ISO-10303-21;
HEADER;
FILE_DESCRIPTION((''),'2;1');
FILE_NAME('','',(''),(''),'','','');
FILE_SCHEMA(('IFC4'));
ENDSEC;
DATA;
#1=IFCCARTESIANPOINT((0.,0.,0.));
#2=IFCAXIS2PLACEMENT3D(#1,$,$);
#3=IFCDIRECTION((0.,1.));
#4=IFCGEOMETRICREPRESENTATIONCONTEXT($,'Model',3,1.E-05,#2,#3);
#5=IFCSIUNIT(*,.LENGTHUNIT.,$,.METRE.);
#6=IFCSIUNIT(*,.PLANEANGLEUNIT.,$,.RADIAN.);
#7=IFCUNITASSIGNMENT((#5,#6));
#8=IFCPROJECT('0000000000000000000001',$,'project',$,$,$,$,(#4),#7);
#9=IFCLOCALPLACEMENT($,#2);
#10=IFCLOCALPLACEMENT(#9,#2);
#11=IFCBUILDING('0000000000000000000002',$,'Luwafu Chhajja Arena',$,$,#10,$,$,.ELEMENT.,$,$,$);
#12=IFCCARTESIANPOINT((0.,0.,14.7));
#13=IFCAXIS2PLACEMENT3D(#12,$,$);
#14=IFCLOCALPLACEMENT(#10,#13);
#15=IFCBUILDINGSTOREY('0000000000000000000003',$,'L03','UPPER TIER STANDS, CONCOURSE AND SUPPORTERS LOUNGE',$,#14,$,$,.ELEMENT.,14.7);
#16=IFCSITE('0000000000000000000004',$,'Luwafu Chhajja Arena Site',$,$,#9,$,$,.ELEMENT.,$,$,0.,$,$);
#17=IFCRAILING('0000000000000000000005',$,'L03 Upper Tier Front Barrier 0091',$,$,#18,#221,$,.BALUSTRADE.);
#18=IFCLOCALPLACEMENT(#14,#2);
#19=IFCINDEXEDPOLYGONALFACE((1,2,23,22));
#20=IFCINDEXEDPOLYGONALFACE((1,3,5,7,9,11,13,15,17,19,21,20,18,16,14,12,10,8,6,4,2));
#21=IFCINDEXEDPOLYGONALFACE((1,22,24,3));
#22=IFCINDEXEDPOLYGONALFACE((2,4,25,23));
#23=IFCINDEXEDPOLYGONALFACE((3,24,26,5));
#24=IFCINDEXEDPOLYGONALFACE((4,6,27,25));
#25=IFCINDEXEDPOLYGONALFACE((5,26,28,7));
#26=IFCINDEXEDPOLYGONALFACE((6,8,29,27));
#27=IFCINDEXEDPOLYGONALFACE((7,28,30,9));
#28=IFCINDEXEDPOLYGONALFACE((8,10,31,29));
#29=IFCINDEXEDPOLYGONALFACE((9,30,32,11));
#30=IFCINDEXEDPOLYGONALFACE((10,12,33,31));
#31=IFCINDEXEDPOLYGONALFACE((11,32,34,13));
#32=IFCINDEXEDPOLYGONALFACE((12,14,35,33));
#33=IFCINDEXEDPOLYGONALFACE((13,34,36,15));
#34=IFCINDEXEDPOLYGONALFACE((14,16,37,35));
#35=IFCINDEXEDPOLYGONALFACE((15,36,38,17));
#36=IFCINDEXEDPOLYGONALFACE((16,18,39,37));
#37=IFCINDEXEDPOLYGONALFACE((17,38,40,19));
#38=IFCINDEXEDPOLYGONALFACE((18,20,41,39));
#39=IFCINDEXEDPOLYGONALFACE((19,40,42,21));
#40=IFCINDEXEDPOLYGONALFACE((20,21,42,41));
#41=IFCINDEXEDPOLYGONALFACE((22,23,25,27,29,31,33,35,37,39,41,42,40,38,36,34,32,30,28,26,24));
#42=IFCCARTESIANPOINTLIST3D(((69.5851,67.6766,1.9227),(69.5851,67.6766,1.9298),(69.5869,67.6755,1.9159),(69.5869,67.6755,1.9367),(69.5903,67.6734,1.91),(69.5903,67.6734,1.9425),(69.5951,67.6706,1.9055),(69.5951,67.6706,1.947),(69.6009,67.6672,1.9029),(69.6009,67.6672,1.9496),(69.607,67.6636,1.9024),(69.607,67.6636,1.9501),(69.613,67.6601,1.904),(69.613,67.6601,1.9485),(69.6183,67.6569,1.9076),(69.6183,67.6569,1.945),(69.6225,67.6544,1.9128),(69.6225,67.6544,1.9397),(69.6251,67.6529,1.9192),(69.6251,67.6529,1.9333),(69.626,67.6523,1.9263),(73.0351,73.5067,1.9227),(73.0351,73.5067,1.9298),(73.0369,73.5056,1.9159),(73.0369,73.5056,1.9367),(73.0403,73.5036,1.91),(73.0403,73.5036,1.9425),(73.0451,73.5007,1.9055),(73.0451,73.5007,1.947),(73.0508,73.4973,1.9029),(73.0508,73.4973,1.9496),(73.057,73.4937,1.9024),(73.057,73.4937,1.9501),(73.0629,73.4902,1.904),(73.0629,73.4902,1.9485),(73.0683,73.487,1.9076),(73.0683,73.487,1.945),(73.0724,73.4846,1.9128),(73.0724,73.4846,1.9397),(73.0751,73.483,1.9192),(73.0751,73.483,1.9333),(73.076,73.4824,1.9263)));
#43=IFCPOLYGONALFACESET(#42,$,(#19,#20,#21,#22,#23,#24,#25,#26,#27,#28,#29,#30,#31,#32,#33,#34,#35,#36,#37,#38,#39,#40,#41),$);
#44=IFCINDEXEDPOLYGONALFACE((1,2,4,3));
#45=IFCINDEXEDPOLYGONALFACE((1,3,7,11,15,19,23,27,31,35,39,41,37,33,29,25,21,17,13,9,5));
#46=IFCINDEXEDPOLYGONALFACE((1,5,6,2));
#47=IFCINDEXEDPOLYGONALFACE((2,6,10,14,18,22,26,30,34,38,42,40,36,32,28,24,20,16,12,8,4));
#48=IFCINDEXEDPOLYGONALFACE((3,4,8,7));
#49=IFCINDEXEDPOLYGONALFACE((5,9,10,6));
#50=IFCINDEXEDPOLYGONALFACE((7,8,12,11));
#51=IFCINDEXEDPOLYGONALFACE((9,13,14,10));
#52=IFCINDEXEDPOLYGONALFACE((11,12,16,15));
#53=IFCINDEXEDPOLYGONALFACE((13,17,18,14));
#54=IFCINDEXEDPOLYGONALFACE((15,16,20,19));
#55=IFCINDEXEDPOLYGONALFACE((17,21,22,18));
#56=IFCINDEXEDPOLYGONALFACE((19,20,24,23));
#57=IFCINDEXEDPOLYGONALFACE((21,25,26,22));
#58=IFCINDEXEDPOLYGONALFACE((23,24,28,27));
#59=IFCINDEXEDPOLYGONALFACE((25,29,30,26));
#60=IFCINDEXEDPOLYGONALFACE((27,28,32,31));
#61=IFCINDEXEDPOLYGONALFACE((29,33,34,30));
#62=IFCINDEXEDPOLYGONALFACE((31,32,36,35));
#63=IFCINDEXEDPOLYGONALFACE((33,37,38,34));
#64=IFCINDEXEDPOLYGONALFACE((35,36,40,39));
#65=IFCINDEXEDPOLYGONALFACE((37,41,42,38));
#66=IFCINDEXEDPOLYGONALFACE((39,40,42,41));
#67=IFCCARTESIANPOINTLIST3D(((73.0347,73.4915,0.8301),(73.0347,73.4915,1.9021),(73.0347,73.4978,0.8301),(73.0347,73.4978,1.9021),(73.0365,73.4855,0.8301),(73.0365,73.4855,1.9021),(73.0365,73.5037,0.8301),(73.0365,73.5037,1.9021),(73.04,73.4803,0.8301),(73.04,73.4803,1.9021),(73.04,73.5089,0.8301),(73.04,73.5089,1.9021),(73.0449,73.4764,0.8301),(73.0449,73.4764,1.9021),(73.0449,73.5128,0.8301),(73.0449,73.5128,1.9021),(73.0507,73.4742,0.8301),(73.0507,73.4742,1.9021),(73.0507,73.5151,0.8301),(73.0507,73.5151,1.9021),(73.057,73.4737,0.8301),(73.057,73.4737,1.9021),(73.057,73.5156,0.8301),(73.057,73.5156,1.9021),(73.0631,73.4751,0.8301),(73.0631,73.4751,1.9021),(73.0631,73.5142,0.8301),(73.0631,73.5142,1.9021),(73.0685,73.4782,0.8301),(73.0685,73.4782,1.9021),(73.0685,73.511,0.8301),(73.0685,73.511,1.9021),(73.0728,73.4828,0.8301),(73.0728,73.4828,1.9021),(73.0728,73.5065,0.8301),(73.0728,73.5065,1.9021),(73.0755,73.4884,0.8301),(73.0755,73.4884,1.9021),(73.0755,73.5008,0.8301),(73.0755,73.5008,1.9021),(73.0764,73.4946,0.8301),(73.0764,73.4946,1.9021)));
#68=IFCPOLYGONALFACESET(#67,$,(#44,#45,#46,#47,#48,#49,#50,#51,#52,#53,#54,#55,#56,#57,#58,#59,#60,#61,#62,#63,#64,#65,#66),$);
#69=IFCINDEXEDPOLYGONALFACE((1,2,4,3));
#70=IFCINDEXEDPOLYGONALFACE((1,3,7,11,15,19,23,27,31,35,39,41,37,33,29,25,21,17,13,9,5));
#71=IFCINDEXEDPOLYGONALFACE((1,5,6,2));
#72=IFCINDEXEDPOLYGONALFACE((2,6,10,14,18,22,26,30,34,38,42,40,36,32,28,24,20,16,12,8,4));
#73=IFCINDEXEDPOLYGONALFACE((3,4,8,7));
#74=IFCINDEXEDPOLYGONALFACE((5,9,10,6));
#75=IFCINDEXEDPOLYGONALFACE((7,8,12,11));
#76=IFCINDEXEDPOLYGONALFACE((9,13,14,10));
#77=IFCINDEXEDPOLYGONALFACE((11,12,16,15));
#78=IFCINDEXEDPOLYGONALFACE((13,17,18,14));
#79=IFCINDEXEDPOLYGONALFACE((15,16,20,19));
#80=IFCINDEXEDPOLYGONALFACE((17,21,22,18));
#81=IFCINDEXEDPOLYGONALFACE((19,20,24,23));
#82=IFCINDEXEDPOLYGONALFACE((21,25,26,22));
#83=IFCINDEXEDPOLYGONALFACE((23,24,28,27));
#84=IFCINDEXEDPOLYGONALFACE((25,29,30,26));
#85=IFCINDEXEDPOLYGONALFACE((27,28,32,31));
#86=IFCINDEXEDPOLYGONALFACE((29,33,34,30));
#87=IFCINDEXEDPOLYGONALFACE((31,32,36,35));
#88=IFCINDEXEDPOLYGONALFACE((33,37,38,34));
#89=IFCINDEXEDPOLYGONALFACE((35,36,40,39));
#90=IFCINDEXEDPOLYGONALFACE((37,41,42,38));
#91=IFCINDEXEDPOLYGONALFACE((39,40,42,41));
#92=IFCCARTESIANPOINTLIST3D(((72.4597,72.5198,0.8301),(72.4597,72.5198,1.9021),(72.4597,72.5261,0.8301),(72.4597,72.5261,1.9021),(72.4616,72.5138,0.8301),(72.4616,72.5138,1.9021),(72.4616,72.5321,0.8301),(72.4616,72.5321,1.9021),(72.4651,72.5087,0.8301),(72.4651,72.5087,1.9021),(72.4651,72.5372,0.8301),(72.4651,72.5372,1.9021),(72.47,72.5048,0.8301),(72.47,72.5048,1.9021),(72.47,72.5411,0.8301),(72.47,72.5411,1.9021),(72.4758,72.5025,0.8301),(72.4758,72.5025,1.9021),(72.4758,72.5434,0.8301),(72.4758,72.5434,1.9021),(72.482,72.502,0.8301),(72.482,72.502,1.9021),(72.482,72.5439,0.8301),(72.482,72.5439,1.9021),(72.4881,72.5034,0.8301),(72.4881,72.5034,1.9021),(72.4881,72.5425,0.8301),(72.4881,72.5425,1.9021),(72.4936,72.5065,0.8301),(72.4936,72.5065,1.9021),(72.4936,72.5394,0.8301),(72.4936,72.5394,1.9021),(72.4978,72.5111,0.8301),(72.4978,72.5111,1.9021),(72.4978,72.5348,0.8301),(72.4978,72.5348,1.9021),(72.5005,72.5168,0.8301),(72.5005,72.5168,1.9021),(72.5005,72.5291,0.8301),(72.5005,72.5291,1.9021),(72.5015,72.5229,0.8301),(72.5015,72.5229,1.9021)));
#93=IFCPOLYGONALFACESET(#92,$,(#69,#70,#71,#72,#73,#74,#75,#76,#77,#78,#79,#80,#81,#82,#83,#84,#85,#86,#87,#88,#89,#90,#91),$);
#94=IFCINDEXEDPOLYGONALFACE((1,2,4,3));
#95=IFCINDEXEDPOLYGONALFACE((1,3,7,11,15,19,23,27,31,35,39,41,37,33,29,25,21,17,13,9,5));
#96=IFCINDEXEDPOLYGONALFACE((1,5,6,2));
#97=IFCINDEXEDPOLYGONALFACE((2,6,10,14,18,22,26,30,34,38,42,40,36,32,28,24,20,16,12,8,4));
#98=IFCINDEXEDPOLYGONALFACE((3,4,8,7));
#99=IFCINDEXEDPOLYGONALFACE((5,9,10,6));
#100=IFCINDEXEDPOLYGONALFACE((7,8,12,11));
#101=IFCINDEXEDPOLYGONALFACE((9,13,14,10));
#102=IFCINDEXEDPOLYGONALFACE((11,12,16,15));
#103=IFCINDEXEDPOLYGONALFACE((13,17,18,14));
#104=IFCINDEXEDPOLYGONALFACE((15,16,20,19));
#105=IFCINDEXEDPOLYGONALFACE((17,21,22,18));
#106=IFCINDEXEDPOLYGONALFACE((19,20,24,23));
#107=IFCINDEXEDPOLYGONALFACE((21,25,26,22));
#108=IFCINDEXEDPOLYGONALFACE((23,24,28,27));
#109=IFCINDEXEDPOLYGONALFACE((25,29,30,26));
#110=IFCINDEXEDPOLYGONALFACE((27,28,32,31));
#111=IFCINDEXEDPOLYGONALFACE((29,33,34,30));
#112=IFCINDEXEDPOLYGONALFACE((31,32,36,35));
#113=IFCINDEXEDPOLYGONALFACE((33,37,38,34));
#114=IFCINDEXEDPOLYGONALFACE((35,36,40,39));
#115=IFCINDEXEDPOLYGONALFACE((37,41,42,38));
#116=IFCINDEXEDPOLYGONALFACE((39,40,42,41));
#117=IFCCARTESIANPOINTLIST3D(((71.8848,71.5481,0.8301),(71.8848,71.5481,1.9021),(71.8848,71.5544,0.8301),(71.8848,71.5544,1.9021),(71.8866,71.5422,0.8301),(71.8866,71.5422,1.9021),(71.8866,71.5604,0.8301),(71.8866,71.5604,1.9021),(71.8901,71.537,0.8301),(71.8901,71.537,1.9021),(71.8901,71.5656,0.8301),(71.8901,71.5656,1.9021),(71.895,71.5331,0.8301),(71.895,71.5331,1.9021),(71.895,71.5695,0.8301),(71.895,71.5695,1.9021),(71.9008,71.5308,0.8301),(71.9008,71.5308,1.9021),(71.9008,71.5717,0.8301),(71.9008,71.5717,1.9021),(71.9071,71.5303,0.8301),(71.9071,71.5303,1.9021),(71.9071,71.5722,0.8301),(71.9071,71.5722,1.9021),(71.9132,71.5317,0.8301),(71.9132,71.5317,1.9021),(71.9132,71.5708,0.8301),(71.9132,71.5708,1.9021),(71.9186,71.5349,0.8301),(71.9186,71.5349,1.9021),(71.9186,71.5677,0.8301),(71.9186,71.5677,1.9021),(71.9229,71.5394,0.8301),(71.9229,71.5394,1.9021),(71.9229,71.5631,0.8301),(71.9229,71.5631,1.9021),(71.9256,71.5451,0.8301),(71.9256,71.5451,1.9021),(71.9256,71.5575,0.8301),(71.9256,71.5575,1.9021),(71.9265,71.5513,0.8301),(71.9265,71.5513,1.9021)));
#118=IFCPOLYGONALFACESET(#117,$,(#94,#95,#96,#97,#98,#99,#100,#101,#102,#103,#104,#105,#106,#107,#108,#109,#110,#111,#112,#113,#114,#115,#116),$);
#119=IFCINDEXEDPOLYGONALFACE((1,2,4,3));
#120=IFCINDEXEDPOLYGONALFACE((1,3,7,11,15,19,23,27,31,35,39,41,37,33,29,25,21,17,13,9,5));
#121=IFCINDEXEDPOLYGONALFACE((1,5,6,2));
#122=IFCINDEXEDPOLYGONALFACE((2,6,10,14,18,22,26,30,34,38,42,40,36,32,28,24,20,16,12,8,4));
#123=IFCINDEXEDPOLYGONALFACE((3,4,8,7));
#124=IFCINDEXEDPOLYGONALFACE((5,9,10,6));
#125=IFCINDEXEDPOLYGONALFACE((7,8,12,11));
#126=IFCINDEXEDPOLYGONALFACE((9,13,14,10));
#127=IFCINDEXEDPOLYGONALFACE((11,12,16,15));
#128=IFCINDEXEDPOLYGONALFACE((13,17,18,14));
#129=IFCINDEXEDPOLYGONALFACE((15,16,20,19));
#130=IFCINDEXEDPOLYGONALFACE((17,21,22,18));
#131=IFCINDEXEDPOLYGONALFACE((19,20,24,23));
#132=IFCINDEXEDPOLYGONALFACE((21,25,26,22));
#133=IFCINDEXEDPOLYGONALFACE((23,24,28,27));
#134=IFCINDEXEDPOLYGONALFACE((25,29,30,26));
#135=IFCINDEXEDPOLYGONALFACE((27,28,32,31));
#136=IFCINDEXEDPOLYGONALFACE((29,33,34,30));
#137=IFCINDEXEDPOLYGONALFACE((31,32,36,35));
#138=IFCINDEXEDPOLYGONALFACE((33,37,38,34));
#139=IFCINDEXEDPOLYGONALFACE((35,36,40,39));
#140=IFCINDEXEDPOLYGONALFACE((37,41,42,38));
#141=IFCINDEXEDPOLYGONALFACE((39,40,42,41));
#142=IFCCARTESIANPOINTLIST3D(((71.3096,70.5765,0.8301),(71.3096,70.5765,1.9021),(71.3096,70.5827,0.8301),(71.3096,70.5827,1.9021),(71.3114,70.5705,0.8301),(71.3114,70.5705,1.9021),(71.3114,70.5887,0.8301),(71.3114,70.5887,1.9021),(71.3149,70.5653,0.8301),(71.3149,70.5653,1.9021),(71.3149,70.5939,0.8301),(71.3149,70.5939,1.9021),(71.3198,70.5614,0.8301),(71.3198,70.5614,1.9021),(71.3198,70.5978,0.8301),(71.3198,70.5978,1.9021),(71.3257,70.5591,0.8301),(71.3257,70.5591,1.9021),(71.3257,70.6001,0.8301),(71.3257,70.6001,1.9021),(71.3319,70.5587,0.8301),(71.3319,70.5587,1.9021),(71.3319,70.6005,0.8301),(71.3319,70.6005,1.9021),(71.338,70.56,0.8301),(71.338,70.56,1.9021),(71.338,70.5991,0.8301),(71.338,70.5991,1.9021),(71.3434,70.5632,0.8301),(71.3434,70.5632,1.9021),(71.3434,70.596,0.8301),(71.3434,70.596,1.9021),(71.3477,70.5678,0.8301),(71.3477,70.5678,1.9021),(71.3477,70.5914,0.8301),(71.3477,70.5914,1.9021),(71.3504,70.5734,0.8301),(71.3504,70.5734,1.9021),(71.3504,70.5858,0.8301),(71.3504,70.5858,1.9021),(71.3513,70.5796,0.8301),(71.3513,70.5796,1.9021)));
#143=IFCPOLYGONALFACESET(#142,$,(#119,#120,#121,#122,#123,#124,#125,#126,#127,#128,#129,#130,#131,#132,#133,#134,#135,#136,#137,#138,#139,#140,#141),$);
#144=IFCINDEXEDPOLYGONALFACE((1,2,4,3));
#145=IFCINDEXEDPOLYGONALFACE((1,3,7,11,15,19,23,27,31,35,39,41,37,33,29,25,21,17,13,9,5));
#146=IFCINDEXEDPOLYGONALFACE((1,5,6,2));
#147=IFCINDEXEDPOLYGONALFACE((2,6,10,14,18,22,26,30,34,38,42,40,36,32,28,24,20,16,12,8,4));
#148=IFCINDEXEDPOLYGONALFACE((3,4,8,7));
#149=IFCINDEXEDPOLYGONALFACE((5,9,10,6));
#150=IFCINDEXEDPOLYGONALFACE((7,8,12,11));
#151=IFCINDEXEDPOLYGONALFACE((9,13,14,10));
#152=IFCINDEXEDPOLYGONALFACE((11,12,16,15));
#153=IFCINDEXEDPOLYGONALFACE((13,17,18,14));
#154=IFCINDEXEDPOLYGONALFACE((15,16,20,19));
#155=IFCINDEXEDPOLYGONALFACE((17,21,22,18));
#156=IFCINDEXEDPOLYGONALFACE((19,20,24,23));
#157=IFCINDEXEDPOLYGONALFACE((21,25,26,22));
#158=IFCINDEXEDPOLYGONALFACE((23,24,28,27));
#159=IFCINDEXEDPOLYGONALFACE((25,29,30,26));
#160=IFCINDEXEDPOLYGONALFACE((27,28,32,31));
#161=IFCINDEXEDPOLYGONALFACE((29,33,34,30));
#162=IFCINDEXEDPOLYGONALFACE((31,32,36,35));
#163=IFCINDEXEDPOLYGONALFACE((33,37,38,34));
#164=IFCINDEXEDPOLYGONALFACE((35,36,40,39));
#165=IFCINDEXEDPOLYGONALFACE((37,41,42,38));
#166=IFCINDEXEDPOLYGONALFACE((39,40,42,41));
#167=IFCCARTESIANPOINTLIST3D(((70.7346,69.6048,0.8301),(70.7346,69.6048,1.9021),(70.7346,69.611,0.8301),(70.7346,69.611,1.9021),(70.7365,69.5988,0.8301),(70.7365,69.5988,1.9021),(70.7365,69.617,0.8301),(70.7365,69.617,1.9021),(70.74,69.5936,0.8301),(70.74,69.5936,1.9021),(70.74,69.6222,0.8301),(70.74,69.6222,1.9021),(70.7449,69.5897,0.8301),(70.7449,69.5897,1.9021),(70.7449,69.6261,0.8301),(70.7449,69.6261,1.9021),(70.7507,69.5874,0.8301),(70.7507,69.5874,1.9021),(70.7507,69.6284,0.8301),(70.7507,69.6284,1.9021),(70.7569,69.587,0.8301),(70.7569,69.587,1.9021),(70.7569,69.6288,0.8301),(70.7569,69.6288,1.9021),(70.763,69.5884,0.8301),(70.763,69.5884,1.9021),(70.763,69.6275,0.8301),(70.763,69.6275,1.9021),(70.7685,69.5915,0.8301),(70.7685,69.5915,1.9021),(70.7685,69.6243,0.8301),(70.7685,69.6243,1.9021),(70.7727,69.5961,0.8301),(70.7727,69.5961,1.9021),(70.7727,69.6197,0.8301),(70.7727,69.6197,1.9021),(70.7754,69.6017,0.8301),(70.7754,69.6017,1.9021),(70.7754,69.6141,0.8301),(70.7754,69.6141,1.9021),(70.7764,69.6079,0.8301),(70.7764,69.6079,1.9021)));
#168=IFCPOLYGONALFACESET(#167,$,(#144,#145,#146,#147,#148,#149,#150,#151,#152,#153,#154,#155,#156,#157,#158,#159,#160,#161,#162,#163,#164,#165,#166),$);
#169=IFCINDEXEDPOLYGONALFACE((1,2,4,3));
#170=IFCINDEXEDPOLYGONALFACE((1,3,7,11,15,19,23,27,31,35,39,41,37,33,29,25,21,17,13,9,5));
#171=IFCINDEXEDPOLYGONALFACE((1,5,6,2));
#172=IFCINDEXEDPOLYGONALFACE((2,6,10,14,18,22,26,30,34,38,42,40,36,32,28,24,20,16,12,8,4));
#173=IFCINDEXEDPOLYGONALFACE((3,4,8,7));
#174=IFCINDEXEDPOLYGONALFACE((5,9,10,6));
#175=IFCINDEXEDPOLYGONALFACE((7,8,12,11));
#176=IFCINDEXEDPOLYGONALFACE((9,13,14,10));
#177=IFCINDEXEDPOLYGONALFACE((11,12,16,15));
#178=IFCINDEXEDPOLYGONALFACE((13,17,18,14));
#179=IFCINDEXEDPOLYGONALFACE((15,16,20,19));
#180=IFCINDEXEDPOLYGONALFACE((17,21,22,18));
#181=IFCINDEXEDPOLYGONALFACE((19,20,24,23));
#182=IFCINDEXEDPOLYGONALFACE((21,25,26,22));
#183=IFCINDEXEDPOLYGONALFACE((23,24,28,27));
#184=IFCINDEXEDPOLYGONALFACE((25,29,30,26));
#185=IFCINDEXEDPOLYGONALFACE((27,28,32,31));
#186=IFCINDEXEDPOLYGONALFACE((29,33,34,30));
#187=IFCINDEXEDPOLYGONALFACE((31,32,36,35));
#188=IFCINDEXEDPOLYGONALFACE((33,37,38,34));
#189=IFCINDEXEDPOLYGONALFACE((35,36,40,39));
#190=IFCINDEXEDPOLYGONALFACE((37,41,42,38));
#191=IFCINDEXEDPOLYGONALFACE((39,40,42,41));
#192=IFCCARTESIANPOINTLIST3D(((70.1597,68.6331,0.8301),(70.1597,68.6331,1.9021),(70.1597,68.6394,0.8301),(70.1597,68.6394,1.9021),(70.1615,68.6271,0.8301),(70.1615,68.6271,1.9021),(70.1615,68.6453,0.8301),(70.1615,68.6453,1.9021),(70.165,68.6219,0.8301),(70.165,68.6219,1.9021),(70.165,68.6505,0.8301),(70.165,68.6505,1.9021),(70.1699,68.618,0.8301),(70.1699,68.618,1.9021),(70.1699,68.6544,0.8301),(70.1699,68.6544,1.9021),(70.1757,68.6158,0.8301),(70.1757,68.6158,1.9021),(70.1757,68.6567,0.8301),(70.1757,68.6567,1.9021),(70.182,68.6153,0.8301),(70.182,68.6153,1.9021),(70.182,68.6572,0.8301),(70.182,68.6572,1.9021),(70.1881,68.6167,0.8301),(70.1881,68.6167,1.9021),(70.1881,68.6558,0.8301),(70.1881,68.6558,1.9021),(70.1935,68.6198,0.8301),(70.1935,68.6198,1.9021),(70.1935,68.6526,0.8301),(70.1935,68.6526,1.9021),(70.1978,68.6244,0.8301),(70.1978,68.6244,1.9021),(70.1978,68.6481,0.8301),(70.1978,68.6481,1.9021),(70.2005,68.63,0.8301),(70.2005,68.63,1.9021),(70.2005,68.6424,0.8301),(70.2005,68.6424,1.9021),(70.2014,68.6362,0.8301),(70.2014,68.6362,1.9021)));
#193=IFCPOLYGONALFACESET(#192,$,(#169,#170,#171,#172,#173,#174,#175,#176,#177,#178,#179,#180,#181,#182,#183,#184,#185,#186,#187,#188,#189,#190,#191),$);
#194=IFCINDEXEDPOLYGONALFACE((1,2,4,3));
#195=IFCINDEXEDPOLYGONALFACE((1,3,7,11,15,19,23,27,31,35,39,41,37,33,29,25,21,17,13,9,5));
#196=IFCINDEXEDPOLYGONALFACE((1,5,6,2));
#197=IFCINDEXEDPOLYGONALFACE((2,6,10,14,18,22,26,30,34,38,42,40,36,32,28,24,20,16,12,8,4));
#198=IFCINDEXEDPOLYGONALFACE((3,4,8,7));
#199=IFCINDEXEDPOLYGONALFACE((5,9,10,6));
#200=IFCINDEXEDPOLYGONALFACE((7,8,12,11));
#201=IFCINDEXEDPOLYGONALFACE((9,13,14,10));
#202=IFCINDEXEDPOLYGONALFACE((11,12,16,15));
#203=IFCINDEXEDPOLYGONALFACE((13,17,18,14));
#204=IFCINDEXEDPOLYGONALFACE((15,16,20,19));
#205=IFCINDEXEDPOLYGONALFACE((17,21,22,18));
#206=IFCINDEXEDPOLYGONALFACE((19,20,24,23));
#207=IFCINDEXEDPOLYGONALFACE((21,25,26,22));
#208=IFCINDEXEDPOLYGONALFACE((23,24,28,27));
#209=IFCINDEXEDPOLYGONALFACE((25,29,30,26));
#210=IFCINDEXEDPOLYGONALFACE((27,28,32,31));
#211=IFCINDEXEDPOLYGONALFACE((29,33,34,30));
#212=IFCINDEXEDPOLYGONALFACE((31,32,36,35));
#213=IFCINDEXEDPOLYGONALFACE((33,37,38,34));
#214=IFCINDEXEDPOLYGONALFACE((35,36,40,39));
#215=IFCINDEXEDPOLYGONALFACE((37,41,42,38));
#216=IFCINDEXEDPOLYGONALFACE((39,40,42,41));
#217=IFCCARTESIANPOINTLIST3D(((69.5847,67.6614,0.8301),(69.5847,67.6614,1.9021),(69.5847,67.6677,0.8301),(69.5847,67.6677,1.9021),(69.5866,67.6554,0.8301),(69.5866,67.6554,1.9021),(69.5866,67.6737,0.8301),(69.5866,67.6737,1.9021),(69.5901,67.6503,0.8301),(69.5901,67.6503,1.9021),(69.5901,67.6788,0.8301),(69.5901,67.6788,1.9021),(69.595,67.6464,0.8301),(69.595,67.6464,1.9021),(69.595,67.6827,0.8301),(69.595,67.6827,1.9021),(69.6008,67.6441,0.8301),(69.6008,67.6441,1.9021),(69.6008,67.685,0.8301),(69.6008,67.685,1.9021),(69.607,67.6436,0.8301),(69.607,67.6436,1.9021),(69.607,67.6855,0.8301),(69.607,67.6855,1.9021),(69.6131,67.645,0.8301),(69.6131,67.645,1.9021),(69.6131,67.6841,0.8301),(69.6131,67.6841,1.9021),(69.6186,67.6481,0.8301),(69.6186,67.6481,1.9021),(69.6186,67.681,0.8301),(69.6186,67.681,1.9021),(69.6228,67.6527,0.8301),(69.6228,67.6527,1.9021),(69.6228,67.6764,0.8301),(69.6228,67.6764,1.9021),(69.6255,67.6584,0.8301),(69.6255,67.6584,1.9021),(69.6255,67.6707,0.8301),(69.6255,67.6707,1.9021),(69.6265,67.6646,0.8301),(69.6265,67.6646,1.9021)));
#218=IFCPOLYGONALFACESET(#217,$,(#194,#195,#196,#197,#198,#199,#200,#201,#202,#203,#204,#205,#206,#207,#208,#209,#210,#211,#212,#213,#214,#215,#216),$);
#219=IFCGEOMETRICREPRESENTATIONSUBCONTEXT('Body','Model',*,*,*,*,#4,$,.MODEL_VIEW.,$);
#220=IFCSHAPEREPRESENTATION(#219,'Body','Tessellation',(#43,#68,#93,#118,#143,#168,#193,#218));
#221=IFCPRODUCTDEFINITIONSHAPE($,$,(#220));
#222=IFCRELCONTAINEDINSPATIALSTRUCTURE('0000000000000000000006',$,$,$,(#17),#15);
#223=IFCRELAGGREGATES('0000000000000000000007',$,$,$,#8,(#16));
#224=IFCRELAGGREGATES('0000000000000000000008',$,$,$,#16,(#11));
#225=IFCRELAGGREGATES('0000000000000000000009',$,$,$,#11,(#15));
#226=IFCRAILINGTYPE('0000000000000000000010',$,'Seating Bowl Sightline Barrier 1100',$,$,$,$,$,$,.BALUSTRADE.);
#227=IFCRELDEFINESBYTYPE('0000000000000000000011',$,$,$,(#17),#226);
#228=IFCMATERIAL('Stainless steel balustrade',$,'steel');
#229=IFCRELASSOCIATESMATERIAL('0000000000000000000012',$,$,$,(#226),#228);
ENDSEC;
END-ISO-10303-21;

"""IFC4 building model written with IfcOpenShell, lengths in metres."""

from ifc_helpers import new_model, si_unit, direction, frame, origin, origin_2d, place, context, subcontext, project, spatial, circle, extrude, material, type_object, element, save


model = new_model("IFC4")

# Units and contexts
model_context = context("Model", 3, precision=1e-05, world=origin(), true_north=direction((0.0, 1.0)))
body_context = subcontext(model_context, "Body", "Model", "MODEL_VIEW")
ifc_project = project(units=[si_unit("LENGTHUNIT", "METRE"), si_unit("PLANEANGLEUNIT", "RADIAN")], contexts=[model_context])

# Site, building, storey
site_placement = place(None, origin())
site = spatial("IfcSite", under=ifc_project, at=site_placement, Name="Luwafu Chhajja Arena Site", CompositionType="ELEMENT", RefElevation=0.0)
building_placement = place(site_placement, origin())
building = spatial("IfcBuilding", under=site, at=building_placement, Name="Luwafu Chhajja Arena", CompositionType="ELEMENT")
storey_placement = place(building_placement, frame((0.0, 0.0, 14.7)))
storey = spatial("IfcBuildingStorey", under=building, at=storey_placement, Name="L03", Description="UPPER TIER STANDS, CONCOURSE AND SUPPORTERS LOUNGE", CompositionType="ELEMENT", Elevation=14.7)

# Railing
ifc_material_1 = material(Name="Stainless steel balustrade", Category="steel")
railing_type = type_object("IfcRailingType", Name="Seating Bowl Sightline Barrier 1100", PredefinedType="BALUSTRADE", material=ifc_material_1)
railing_1_placement = place(storey_placement, frame((73.0554, 73.4946, 0.8301)))
element("IfcRailing", 1, at=railing_1_placement, inside=storey, type_object=railing_type, Name="L03 Upper Tier Front Barrier 0091", PredefinedType="BALUSTRADE", context=body_context, shape_type="SweptSolid", body=[
    extrude(circle(Radius=0.0239, at=origin_2d()), frame((0.0, 0.0, 1.0962), z_axis=(-0.509266, -0.860609, 0.0), x_axis=(0.860609, -0.509266, 0.0)), (0.0, 0.0, 1.0), 6.7744),
    extrude(circle(Radius=0.021, at=origin_2d()), origin(), (0.0, 0.0, 1.0), 1.072),
    extrude(circle(Radius=0.021, at=origin_2d()), frame((-0.575, -0.9717, 0.0)), (0.0, 0.0, 1.0), 1.072),
    extrude(circle(Radius=0.021, at=origin_2d()), frame((-1.1499, -1.9434, 0.0)), (0.0, 0.0, 1.0), 1.072),
    extrude(circle(Radius=0.021, at=origin_2d()), frame((-1.7251, -2.915, 0.0)), (0.0, 0.0, 1.0), 1.072),
    extrude(circle(Radius=0.021, at=origin_2d()), frame((-2.3, -3.8867, 0.0)), (0.0, 0.0, 1.0), 1.072),
    extrude(circle(Radius=0.021, at=origin_2d()), frame((-2.875, -4.8584, 0.0)), (0.0, 0.0, 1.0), 1.072),
    extrude(circle(Radius=0.021, at=origin_2d()), frame((-3.45, -5.8301, 0.0)), (0.0, 0.0, 1.0), 1.072),
])

save(model, "model.ifc")
